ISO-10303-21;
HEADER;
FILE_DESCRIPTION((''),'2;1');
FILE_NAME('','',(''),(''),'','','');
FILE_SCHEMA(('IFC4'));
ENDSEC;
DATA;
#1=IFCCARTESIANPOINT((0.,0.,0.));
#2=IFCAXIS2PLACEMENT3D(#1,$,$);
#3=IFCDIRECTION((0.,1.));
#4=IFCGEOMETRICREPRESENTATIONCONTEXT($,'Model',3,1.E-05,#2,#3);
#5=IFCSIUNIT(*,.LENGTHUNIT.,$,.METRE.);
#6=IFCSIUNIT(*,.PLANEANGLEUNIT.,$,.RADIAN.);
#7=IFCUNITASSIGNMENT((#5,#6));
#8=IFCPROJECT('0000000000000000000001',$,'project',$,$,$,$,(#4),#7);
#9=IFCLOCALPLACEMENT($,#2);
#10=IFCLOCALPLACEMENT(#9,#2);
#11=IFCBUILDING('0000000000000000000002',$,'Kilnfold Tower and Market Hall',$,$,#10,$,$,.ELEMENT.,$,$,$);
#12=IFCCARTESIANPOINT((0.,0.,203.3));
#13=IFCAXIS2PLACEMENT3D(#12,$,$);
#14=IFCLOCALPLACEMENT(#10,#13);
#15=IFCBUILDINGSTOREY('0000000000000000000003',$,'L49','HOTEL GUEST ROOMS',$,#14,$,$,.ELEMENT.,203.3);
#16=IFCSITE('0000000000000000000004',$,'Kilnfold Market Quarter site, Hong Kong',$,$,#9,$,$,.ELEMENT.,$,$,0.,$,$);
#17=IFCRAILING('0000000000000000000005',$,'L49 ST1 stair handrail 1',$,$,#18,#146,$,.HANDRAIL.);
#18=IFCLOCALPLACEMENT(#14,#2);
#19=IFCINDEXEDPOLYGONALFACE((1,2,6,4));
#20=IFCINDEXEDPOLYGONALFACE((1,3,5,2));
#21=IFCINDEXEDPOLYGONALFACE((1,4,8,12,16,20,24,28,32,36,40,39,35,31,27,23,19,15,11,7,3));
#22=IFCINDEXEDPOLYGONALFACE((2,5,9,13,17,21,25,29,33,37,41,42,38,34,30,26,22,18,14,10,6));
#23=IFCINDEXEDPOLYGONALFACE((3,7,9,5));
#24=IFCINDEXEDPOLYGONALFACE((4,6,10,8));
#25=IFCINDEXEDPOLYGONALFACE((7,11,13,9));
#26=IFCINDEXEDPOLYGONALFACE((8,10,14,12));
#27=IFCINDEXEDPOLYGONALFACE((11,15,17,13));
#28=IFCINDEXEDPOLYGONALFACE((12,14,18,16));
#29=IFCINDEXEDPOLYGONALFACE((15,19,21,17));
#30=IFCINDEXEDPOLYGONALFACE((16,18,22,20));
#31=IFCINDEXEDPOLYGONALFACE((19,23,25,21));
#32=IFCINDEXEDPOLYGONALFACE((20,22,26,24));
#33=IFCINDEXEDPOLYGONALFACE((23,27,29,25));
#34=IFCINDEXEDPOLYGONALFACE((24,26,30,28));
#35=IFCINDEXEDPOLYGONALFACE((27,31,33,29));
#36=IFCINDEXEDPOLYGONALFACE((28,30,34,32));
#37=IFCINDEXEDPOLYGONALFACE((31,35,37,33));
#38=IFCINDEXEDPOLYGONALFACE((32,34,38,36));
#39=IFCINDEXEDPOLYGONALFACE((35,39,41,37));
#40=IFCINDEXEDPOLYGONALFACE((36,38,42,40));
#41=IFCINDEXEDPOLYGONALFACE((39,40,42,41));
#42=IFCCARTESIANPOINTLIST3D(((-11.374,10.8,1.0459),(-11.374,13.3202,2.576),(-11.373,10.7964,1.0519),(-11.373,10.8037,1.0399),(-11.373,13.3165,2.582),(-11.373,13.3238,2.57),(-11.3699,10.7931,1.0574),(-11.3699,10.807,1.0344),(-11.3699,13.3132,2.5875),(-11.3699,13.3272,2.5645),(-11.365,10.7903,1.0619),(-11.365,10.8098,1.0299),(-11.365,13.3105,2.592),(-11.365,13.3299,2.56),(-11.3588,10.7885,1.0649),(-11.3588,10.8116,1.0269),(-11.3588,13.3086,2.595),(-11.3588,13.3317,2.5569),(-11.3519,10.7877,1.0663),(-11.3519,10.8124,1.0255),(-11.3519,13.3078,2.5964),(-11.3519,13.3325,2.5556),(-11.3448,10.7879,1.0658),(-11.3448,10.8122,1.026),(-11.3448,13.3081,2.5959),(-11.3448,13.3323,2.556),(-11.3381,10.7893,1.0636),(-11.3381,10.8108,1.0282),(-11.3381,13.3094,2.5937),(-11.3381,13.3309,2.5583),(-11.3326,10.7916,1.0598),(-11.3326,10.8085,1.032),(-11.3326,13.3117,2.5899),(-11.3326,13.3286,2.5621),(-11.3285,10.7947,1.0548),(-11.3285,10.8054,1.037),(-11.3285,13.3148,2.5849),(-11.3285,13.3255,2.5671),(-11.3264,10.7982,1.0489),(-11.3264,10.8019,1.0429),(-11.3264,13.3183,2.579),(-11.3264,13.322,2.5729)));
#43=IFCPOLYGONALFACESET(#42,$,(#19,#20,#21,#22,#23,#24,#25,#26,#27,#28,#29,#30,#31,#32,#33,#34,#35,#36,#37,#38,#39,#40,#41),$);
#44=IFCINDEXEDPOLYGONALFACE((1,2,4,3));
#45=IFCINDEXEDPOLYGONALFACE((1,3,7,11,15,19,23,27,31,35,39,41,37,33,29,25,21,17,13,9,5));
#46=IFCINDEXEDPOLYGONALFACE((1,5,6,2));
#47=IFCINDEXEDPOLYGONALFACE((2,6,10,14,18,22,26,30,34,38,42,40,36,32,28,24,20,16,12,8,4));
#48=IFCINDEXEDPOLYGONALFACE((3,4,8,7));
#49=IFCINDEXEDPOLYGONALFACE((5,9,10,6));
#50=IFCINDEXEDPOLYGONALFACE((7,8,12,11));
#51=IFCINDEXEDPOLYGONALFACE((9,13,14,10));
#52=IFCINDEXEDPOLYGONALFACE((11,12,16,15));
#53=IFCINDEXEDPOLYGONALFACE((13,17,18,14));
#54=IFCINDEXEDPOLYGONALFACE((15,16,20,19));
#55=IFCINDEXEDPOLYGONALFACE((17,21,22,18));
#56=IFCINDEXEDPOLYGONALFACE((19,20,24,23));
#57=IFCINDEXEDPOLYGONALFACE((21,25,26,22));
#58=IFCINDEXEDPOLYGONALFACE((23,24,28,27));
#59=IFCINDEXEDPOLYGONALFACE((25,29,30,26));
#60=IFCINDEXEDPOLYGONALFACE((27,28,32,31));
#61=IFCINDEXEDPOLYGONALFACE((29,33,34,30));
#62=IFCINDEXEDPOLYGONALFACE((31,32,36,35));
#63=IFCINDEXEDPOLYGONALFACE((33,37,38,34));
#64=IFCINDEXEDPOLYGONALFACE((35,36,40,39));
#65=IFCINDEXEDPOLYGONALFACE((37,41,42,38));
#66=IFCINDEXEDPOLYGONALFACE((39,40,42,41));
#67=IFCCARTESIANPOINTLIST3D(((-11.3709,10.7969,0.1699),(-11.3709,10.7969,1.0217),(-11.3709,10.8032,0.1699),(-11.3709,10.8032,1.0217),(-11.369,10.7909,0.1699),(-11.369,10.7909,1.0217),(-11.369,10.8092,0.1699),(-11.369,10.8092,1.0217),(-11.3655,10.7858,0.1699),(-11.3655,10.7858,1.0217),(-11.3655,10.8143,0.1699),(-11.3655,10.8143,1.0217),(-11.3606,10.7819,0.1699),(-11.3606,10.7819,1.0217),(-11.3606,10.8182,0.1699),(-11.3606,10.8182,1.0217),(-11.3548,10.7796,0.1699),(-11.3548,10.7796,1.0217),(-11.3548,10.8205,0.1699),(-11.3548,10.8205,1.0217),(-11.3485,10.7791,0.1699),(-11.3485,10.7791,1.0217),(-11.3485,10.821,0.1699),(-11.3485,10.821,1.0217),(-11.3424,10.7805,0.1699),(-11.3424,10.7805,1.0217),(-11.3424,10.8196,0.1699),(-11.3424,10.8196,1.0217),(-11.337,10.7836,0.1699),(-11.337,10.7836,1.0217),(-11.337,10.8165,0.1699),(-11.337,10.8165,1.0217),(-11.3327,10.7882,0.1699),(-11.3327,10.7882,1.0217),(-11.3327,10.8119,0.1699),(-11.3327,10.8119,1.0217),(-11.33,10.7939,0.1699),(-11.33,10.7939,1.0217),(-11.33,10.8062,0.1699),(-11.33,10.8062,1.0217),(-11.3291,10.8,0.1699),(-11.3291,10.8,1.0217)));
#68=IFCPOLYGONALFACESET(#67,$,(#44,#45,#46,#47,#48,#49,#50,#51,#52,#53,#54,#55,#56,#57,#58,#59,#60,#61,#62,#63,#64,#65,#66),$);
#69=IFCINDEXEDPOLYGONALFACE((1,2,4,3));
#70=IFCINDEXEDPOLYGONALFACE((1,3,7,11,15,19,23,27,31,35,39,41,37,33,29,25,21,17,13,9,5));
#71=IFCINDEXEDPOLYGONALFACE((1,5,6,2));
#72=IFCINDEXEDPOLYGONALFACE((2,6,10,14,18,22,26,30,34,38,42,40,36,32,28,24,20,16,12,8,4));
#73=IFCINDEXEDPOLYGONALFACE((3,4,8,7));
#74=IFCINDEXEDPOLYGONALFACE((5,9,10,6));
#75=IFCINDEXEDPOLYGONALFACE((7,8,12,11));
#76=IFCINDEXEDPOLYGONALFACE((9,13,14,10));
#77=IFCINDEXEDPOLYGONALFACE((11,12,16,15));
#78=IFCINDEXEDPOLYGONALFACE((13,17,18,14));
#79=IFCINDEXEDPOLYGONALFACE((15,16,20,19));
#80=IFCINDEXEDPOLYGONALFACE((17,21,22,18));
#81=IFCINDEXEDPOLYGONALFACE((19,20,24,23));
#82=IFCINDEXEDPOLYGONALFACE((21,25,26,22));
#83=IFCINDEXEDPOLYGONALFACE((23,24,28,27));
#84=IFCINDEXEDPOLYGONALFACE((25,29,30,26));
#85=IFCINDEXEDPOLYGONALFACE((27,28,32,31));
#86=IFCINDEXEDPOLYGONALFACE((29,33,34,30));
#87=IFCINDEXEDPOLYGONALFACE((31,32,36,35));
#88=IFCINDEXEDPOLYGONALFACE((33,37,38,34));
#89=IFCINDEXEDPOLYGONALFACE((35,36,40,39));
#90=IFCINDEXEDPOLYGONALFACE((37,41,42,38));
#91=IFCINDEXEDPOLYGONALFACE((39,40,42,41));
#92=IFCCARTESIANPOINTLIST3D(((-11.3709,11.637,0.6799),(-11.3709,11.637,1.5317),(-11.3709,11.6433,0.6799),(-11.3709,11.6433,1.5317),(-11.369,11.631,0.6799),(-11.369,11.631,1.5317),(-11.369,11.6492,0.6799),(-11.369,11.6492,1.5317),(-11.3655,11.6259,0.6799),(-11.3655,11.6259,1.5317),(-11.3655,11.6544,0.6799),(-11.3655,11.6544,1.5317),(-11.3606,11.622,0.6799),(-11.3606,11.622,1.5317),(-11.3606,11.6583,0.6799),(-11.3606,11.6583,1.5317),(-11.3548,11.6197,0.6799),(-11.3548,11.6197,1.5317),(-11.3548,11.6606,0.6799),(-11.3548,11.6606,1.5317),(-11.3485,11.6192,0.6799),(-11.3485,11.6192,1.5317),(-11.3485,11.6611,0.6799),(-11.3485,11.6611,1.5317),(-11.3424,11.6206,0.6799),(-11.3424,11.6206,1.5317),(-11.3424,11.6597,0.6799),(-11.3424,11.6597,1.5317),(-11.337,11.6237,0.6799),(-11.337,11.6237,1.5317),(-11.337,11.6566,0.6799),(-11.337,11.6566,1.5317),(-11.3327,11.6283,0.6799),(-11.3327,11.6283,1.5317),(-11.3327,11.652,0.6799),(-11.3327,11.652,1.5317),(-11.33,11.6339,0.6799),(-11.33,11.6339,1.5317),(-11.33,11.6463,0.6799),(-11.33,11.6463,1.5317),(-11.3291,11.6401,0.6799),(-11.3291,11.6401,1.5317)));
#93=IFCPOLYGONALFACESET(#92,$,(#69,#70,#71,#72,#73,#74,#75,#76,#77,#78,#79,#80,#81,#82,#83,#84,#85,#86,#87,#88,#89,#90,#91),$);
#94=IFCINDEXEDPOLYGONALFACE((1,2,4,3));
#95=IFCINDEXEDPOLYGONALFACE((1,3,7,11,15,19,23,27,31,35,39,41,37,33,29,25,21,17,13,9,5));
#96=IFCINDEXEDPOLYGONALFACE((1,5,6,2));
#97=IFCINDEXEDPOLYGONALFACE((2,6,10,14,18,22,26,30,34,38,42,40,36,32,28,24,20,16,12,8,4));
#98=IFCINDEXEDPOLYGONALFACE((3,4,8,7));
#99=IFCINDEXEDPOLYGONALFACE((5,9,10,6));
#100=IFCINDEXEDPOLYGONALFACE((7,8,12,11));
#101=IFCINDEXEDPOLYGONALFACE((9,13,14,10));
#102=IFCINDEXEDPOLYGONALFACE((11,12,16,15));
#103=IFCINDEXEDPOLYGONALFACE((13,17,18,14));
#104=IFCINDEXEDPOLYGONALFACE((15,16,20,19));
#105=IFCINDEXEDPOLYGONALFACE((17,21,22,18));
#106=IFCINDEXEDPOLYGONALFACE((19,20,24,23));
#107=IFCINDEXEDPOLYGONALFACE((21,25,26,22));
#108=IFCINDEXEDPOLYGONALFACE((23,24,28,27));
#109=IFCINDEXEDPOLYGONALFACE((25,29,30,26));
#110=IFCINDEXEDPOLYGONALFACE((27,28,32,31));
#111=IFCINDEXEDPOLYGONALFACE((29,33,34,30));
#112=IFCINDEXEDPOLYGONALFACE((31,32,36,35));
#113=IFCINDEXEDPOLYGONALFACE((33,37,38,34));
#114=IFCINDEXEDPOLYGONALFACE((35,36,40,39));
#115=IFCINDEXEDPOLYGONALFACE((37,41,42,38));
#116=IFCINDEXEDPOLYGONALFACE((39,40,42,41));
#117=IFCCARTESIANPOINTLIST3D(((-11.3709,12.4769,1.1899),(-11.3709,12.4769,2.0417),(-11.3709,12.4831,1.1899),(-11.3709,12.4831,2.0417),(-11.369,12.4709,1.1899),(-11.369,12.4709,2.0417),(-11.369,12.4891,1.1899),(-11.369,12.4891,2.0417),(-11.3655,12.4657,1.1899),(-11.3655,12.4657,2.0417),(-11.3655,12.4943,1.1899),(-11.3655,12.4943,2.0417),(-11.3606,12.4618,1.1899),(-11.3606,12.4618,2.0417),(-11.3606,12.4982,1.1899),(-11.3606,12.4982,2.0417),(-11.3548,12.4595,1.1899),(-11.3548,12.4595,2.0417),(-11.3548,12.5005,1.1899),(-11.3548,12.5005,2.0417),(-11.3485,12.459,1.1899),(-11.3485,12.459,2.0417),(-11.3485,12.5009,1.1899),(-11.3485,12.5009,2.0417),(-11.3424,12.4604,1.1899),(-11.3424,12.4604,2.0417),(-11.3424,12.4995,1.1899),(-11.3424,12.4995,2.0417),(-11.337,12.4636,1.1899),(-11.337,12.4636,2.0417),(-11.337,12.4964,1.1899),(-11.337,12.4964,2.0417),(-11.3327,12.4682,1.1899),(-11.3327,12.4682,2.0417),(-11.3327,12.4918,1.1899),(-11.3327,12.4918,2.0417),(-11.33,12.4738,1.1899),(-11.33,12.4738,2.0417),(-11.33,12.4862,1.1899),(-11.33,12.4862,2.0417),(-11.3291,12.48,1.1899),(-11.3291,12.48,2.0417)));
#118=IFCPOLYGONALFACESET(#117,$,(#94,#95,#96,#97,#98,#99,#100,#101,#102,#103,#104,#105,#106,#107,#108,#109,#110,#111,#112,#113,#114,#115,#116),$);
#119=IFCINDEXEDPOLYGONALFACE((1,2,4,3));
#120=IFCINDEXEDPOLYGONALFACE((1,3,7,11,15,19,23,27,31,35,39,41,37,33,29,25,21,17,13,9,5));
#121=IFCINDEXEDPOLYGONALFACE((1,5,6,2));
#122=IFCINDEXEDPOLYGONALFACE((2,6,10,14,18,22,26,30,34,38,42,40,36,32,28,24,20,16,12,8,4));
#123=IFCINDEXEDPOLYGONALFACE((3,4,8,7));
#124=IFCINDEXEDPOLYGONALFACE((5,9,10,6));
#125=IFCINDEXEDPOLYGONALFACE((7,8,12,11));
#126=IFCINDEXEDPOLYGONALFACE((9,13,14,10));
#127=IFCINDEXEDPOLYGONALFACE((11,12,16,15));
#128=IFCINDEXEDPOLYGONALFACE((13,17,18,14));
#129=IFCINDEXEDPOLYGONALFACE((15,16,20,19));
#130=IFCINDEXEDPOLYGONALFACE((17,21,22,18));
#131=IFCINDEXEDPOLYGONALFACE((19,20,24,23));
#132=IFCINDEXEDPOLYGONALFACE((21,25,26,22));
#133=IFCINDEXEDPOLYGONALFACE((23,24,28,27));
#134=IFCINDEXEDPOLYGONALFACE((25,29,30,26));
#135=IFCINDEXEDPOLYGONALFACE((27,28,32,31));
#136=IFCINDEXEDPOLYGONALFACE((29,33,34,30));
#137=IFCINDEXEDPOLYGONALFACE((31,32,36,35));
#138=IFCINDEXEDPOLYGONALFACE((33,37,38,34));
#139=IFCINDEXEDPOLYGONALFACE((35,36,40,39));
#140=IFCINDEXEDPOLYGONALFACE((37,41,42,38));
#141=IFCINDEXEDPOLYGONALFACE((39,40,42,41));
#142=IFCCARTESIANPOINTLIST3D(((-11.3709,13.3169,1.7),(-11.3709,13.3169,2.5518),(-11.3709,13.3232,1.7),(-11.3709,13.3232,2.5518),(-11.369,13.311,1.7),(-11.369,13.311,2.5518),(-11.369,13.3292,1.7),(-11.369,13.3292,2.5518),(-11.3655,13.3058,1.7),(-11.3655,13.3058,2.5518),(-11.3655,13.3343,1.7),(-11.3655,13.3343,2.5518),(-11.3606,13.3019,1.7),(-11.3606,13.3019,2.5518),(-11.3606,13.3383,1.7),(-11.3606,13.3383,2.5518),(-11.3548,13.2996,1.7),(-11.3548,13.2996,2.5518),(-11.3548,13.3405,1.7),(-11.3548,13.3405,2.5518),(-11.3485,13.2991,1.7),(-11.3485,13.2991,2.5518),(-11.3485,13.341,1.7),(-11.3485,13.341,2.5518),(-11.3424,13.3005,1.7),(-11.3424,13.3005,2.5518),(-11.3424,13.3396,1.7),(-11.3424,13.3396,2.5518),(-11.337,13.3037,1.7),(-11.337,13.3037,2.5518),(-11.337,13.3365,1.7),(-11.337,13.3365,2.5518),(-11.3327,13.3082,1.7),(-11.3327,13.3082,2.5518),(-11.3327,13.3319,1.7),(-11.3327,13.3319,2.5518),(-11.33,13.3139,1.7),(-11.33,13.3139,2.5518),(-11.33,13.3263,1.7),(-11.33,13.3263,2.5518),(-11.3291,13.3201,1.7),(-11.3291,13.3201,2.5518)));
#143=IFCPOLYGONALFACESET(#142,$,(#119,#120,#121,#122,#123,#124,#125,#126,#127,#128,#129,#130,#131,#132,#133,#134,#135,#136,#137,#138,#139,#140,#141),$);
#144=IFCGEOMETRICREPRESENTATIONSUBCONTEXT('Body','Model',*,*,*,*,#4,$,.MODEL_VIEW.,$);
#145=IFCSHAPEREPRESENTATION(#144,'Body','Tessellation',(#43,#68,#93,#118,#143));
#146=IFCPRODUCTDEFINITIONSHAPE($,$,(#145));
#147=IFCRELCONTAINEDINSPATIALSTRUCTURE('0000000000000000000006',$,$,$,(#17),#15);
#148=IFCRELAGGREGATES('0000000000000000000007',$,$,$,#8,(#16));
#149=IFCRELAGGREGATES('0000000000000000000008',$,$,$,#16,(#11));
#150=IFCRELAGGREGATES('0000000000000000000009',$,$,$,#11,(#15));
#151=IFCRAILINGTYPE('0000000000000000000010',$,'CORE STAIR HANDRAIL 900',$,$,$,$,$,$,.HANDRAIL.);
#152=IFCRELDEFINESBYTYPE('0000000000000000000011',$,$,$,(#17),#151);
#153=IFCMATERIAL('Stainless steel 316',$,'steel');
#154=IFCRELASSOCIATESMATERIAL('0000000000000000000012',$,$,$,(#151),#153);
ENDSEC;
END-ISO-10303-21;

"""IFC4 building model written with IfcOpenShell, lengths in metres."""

from ifc_helpers import new_model, si_unit, direction, frame, origin, origin_2d, place, context, subcontext, project, spatial, circle, extrude, material, type_object, element, save


model = new_model("IFC4")

# Units and contexts
model_context = context("Model", 3, precision=1e-05, world=origin(), true_north=direction((0.0, 1.0)))
body_context = subcontext(model_context, "Body", "Model", "MODEL_VIEW")
ifc_project = project(units=[si_unit("LENGTHUNIT", "METRE"), si_unit("PLANEANGLEUNIT", "RADIAN")], contexts=[model_context])

# Site, building, storey
site_placement = place(None, origin())
site = spatial("IfcSite", under=ifc_project, at=site_placement, Name="Kilnfold Market Quarter site, Hong Kong", CompositionType="ELEMENT", RefElevation=0.0)
building_placement = place(site_placement, origin())
building = spatial("IfcBuilding", under=site, at=building_placement, Name="Kilnfold Tower and Market Hall", CompositionType="ELEMENT")
storey_placement = place(building_placement, frame((0.0, 0.0, 203.3)))
storey = spatial("IfcBuildingStorey", under=building, at=storey_placement, Name="L49", Description="HOTEL GUEST ROOMS", CompositionType="ELEMENT", Elevation=203.3)

# Railing
ifc_material_1 = material(Name="Stainless steel 316", Category="steel")
railing_type_1 = type_object("IfcRailingType", Name="CORE STAIR HANDRAIL 900", PredefinedType="HANDRAIL", material=ifc_material_1)
railing_1_placement = place(storey_placement, frame((-11.3501, 10.8, 0.1699)))
element("IfcRailing", 1, at=railing_1_placement, inside=storey, type_object=railing_type_1, Name="L49 ST1 stair handrail 1", PredefinedType="HANDRAIL", context=body_context, shape_type="SweptSolid", body=[
    extrude(circle(Radius=0.0239, at=origin_2d()), frame((0.0, 0.0, 0.876), z_axis=(0.0, 0.854785, 0.518982), x_axis=(-1.0, 0.0, 0.0)), (0.0, 0.0, 1.0), 2.9482),
    extrude(circle(Radius=0.021, at=origin_2d()), origin(), (0.0, 0.0, 1.0), 0.8518),
    extrude(circle(Radius=0.021, at=origin_2d()), frame((0.0, 0.8401, 0.51)), (0.0, 0.0, 1.0), 0.8518),
    extrude(circle(Radius=0.021, at=origin_2d()), frame((0.0, 1.6799, 1.02)), (0.0, 0.0, 1.0), 0.8518),
    extrude(circle(Radius=0.021, at=origin_2d()), frame((0.0, 2.52, 1.53)), (0.0, 0.0, 1.0), 0.8518),
])

save(model, "model.ifc")
